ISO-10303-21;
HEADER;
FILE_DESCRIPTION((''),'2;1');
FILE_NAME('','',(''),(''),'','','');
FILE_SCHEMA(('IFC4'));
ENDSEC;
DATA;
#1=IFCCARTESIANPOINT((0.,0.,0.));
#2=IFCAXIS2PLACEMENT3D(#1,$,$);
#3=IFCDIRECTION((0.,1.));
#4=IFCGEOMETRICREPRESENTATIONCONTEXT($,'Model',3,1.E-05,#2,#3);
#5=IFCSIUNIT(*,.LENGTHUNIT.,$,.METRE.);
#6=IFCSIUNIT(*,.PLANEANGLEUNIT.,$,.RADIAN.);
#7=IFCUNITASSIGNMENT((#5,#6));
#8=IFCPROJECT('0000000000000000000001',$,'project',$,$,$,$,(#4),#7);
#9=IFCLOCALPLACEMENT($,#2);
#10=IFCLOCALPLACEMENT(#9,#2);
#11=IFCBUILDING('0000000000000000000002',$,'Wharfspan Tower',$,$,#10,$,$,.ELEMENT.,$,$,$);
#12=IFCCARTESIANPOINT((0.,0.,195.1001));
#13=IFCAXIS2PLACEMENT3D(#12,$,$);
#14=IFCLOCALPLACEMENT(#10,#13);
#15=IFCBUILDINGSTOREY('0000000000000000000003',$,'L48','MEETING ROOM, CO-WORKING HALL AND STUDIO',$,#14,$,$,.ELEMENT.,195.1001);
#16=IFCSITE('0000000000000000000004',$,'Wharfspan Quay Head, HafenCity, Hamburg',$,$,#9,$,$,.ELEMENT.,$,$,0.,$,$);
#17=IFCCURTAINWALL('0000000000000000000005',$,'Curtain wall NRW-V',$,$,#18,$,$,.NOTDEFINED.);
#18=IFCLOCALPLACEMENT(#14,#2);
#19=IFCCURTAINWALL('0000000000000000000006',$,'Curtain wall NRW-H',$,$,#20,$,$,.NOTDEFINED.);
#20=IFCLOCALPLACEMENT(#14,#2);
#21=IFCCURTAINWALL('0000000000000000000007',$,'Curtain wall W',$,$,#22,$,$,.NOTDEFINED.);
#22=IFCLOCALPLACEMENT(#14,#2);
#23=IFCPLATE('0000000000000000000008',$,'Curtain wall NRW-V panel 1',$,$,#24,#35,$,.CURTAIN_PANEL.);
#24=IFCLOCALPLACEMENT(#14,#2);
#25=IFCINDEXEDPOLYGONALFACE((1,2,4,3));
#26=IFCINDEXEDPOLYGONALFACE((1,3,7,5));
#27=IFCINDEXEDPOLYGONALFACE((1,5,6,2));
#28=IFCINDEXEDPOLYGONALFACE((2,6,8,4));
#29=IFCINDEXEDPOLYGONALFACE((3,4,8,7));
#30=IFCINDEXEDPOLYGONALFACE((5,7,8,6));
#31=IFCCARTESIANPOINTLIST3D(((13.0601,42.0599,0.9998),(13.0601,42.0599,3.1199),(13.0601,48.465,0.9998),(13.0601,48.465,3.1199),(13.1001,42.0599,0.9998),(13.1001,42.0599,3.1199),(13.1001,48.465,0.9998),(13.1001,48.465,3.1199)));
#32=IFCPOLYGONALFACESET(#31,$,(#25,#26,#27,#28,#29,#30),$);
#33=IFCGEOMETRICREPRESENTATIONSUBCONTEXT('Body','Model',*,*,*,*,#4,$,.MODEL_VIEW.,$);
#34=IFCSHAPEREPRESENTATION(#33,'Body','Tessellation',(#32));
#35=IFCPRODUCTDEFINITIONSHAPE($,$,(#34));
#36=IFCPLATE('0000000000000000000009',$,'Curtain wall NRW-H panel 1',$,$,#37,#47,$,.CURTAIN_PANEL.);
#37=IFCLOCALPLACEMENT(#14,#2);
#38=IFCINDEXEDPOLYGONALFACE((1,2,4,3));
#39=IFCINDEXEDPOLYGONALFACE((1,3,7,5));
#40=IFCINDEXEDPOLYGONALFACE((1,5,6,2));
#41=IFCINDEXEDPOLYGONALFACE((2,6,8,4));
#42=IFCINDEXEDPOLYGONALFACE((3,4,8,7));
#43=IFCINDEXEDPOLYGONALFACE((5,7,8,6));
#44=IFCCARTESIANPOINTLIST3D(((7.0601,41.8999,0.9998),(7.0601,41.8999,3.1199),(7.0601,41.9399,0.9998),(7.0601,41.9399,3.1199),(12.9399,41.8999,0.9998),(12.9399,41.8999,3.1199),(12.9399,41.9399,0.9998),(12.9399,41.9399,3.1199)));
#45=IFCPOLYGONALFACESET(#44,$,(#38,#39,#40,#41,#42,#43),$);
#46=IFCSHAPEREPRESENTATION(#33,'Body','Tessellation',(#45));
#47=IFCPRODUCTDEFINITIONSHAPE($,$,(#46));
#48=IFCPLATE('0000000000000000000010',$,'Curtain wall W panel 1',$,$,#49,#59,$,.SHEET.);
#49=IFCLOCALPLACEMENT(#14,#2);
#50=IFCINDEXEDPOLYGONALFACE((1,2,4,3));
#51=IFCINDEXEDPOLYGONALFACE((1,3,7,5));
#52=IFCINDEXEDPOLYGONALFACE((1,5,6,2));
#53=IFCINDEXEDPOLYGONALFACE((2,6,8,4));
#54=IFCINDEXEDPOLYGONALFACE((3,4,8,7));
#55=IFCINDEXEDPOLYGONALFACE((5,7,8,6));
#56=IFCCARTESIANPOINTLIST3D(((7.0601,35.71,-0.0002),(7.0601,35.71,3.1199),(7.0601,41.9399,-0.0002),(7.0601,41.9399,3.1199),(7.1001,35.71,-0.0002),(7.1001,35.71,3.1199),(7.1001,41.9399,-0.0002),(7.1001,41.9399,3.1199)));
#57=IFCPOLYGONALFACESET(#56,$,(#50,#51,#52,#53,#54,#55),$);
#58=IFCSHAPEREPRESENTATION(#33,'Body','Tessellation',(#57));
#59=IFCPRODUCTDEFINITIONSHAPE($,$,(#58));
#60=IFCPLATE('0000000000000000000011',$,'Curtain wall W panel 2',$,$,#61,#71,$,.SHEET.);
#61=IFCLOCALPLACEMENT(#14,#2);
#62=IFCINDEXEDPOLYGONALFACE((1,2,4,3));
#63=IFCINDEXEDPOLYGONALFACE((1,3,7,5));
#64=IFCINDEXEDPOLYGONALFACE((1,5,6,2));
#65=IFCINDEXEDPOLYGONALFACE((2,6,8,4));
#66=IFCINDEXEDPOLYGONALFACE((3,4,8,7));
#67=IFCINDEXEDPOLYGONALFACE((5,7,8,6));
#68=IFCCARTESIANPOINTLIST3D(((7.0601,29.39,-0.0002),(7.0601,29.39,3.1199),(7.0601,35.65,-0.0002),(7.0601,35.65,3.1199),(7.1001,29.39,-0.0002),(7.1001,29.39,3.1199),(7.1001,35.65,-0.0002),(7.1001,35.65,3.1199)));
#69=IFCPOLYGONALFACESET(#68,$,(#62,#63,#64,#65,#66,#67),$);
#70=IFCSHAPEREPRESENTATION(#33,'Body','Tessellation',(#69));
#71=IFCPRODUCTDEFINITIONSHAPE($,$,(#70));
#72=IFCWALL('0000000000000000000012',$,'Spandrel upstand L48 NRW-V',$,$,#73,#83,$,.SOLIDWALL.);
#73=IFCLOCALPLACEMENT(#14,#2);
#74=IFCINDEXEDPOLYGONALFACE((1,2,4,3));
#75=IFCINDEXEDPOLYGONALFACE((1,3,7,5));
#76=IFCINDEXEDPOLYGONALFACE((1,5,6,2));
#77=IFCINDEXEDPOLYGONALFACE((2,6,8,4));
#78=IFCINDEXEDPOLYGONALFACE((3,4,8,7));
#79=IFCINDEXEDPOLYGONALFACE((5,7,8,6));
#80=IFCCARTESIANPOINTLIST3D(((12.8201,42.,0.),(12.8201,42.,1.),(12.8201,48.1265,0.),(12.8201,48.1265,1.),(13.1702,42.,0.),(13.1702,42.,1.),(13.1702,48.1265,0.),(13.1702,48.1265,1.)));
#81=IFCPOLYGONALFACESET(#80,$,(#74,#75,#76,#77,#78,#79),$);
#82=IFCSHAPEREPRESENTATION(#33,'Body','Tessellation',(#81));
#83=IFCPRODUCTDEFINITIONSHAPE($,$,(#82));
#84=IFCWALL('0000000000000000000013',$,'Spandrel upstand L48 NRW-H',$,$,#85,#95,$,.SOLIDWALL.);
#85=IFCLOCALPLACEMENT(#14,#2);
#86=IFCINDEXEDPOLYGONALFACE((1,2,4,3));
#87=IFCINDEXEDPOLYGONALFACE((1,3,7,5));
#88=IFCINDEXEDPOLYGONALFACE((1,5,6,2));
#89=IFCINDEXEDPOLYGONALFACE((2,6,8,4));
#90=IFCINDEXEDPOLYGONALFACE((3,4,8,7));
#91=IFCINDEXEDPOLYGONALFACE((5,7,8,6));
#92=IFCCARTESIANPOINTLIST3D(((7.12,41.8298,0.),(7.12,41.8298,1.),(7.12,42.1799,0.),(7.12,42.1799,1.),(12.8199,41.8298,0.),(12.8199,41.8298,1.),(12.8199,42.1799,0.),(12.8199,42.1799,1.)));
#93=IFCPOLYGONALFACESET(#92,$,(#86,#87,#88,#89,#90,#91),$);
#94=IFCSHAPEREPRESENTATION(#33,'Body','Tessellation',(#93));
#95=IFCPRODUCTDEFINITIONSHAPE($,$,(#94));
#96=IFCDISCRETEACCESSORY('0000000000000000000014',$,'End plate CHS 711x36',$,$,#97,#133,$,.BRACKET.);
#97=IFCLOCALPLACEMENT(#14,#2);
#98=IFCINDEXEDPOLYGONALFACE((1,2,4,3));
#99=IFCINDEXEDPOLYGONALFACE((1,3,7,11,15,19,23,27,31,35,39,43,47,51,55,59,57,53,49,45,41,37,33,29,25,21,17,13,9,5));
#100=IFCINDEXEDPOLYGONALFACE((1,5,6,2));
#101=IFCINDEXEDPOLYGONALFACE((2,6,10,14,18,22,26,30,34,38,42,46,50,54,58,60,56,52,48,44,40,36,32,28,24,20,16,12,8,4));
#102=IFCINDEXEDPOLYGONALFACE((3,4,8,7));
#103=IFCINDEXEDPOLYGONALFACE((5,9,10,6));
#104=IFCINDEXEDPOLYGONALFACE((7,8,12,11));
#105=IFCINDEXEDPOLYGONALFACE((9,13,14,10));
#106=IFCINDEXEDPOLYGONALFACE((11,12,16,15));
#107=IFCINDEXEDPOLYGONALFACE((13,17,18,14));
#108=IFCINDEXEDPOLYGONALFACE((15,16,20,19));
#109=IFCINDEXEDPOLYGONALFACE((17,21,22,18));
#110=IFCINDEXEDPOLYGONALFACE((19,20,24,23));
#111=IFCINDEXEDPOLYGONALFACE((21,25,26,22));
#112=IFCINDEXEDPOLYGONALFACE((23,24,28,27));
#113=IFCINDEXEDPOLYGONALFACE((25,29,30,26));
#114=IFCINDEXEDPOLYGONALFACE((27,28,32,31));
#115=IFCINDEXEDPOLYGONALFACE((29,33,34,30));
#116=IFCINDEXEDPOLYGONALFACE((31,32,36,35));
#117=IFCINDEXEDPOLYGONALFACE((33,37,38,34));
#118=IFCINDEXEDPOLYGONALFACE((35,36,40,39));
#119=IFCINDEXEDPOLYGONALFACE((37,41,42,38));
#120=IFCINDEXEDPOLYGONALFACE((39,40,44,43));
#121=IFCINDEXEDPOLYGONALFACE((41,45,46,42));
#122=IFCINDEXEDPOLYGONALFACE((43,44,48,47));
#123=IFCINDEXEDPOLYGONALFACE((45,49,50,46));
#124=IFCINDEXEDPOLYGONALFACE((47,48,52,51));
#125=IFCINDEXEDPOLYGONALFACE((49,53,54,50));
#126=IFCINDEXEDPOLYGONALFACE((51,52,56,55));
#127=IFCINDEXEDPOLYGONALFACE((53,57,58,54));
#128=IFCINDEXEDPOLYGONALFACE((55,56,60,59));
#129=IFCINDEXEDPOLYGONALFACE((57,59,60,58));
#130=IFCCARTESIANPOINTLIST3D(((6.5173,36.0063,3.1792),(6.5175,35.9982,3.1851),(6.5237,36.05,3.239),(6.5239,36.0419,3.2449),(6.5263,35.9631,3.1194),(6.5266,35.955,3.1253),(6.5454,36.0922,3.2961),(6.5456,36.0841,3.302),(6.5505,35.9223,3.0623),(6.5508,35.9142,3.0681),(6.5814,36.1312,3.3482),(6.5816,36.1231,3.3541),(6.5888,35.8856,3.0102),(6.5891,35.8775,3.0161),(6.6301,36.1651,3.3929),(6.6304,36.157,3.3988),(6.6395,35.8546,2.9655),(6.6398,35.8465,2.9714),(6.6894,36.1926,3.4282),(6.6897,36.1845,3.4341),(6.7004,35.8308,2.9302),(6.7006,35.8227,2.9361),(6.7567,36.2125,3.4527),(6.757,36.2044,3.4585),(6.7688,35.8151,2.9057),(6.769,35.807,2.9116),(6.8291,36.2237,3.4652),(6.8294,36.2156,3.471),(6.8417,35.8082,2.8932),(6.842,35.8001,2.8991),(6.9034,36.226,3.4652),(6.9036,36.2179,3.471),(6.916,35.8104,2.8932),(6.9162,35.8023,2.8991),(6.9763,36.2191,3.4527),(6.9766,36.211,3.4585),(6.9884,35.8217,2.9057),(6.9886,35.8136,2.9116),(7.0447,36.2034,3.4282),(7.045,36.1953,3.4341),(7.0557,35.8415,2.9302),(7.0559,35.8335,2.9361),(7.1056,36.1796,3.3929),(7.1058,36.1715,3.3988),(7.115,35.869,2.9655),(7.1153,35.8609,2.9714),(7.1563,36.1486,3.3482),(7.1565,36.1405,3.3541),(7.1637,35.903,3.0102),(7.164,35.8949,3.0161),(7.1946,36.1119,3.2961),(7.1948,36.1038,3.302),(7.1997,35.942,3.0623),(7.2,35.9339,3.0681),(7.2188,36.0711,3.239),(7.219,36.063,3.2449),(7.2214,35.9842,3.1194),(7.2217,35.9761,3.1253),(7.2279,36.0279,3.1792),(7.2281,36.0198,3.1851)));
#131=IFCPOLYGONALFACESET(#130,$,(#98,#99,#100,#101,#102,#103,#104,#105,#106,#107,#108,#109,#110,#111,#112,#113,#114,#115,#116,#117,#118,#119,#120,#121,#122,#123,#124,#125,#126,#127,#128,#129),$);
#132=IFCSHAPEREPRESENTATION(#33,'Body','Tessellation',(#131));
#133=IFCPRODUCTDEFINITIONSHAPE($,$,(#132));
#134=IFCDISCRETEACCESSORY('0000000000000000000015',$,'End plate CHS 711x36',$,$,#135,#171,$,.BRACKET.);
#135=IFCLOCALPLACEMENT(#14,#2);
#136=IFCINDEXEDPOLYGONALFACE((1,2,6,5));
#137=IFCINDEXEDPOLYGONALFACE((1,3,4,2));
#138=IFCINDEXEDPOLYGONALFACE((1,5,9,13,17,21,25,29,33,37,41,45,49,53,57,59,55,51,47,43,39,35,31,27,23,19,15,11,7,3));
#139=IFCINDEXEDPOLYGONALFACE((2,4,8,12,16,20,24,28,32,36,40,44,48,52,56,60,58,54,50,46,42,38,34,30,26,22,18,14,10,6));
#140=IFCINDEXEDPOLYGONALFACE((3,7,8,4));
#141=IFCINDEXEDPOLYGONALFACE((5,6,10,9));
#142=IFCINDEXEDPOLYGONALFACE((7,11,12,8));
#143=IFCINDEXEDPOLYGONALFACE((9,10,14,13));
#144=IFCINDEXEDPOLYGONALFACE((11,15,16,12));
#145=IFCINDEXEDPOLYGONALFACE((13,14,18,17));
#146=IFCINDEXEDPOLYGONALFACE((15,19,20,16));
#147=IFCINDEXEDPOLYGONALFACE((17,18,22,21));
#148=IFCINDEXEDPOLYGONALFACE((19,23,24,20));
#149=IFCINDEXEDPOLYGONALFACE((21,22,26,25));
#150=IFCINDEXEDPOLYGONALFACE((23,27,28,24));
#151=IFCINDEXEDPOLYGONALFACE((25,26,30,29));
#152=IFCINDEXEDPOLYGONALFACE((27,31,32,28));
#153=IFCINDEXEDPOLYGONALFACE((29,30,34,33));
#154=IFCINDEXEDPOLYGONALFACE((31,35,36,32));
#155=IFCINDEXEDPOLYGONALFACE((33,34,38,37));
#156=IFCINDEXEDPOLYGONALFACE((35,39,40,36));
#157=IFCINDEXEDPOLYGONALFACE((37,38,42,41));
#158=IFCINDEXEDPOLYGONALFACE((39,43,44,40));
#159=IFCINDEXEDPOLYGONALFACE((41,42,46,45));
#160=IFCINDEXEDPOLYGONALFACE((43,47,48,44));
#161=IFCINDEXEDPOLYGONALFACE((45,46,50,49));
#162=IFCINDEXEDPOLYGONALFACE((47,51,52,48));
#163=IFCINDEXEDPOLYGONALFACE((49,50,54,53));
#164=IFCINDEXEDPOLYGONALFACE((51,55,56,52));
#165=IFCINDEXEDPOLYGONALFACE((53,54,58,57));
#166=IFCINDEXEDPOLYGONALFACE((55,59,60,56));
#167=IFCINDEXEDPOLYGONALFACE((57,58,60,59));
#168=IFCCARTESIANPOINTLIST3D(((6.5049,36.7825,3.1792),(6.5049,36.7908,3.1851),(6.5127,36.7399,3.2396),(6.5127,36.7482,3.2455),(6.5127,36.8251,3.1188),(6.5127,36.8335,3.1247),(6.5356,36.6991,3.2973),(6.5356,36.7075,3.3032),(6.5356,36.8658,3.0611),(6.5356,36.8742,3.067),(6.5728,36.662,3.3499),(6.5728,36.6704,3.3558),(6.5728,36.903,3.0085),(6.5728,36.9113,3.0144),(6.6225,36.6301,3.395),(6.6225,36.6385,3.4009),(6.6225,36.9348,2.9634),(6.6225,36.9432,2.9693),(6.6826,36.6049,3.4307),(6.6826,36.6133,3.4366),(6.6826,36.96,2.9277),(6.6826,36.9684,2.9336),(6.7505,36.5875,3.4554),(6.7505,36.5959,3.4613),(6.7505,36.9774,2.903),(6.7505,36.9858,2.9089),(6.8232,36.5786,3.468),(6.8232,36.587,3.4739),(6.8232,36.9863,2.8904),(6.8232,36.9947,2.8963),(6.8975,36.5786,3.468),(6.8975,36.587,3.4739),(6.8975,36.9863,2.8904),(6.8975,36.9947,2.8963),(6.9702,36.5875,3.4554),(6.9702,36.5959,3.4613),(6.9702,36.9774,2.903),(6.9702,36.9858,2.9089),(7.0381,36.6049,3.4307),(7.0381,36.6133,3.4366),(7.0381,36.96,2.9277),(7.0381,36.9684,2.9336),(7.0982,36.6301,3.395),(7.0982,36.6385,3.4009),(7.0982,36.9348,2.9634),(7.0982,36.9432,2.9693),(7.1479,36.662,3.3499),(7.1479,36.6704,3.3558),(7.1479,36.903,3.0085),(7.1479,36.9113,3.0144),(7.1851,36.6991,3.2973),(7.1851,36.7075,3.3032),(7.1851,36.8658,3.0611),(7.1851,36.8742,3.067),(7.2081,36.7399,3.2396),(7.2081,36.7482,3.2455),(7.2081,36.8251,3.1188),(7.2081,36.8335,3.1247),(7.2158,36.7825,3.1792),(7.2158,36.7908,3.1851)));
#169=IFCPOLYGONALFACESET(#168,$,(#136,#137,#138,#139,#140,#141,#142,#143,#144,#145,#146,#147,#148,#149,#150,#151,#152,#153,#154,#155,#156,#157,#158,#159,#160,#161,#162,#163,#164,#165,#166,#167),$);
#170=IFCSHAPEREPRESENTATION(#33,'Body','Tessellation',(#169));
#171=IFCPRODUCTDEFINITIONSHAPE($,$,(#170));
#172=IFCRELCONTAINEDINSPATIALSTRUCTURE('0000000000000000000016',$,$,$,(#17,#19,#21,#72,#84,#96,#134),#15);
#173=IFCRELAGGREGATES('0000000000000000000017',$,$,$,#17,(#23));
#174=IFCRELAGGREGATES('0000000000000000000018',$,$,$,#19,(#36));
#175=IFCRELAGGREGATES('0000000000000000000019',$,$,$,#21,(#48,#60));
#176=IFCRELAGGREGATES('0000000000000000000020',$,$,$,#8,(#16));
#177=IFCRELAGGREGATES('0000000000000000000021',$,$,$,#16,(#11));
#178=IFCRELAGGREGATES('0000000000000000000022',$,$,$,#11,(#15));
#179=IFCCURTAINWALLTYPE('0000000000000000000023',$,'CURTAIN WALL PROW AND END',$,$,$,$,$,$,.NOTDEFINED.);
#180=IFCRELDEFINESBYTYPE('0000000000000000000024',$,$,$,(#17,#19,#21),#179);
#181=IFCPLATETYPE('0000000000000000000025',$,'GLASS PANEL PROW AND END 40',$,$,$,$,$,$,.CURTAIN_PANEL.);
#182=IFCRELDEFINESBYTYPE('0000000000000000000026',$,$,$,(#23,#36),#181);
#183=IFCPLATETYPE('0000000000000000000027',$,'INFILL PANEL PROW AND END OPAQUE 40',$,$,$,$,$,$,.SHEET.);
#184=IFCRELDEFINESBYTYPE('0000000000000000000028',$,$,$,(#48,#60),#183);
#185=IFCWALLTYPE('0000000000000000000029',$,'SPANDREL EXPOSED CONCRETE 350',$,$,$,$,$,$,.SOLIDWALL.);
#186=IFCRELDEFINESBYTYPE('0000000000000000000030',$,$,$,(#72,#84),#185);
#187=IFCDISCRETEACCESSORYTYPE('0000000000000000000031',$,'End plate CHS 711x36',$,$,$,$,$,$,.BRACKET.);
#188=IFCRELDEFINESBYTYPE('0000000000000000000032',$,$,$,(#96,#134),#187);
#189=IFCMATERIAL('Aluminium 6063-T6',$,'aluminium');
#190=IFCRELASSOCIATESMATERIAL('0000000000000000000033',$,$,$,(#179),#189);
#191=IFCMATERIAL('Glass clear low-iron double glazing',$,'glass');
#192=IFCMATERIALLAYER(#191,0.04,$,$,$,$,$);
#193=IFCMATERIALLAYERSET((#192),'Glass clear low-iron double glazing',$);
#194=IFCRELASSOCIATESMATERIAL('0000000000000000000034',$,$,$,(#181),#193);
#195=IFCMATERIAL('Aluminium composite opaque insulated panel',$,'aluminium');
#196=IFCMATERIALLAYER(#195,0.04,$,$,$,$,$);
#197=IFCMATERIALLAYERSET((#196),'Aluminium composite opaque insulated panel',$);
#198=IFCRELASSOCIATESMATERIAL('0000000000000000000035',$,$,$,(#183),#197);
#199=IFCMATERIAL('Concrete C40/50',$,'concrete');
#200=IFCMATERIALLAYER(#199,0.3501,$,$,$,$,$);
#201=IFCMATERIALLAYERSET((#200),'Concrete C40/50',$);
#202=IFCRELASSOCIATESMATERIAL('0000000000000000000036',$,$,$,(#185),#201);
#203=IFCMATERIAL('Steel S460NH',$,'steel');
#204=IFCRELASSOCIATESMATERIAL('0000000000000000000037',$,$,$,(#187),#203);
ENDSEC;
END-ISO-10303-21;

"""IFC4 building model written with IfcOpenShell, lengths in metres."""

from ifc_helpers import new_model, si_unit, direction, frame, frame_2d, origin, origin_2d, place, context, subcontext, project, spatial, rectangle, circle, extrude, material, layer, layer_set, material_profile, profile_set, type_object, element, aggregate, save


model = new_model("IFC4")

# Units and contexts
model_context = context("Model", 3, precision=1e-05, world=origin(), true_north=direction((0.0, 1.0)))
body_context = subcontext(model_context, "Body", "Model", "MODEL_VIEW")
ifc_project = project(units=[si_unit("LENGTHUNIT", "METRE"), si_unit("PLANEANGLEUNIT", "RADIAN")], contexts=[model_context])

# Site, building, storey
site_placement = place(None, origin())
site = spatial("IfcSite", under=ifc_project, at=site_placement, Name="Wharfspan Quay Head, HafenCity, Hamburg", CompositionType="ELEMENT", RefElevation=0.0)
building_placement = place(site_placement, origin())
building = spatial("IfcBuilding", under=site, at=building_placement, Name="Wharfspan Tower", CompositionType="ELEMENT")
storey_placement = place(building_placement, frame((0.0, 0.0, 195.1001)))
storey = spatial("IfcBuildingStorey", under=building, at=storey_placement, Name="L48", Description="MEETING ROOM, CO-WORKING HALL AND STUDIO", CompositionType="ELEMENT", Elevation=195.1001)

# Curtain walls
ifc_material_1 = material(Name="Aluminium 6063-T6", Category="aluminium")
curtain_wall_type = type_object("IfcCurtainWallType", Name="CURTAIN WALL PROW AND END", PredefinedType="NOTDEFINED", material=ifc_material_1)
curtain_wall_1_placement = place(storey_placement, origin())
curtain_wall_1 = element("IfcCurtainWall", 1, at=curtain_wall_1_placement, inside=storey, type_object=curtain_wall_type, Name="Curtain wall NRW-V", PredefinedType="NOTDEFINED")
curtain_wall_2_placement = place(storey_placement, origin())
curtain_wall_2 = element("IfcCurtainWall", 2, at=curtain_wall_2_placement, inside=storey, type_object=curtain_wall_type, Name="Curtain wall NRW-H", PredefinedType="NOTDEFINED")
curtain_wall_3_placement = place(storey_placement, origin())
curtain_wall_3 = element("IfcCurtainWall", 3, at=curtain_wall_3_placement, inside=storey, type_object=curtain_wall_type, Name="Curtain wall W", PredefinedType="NOTDEFINED")

# Shared definitions
ifc_material_2 = material(Name="Steel S460NH", Category="steel")

# Plates
ifc_material_3 = material(Name="Glass clear low-iron double glazing", Category="glass")
ifc_layer_1 = layer(ifc_material_3, 0.04)
ifc_layer_set_1 = layer_set([ifc_layer_1], Name="Glass clear low-iron double glazing")
plate_type_1 = type_object("IfcPlateType", Name="GLASS PANEL PROW AND END 40", PredefinedType="CURTAIN_PANEL", material=ifc_layer_set_1)
plate_1_placement = place(storey_placement, frame((13.0801, 45.2625, 0.9998), z_axis=(0.0, 0.0, 1.0), x_axis=(0.0, -1.0, 0.0)))
plate_1 = element("IfcPlate", 4, at=plate_1_placement, type_object=plate_type_1, Name="Curtain wall NRW-V panel 1", PredefinedType="CURTAIN_PANEL", context=body_context, shape_type="SweptSolid", body=[
    extrude(rectangle(XDim=6.405, YDim=0.04, at=origin_2d()), origin(), (0.0, 0.0, 1.0), 2.1201),
])
aggregate(curtain_wall_1, [plate_1])
plate_2_placement = place(storey_placement, frame((10.0, 41.9199, 0.9998), z_axis=(0.0, 0.0, 1.0), x_axis=(-1.0, 0.0, 0.0)))
plate_2 = element("IfcPlate", 5, at=plate_2_placement, type_object=plate_type_1, Name="Curtain wall NRW-H panel 1", PredefinedType="CURTAIN_PANEL", context=body_context, shape_type="SweptSolid", body=[
    extrude(rectangle(XDim=5.8799, YDim=0.04, at=origin_2d()), origin(), (0.0, 0.0, 1.0), 2.1201),
])
aggregate(curtain_wall_2, [plate_2])
ifc_material_4 = material(Name="Aluminium composite opaque insulated panel", Category="aluminium")
ifc_layer_2 = layer(ifc_material_4, 0.04)
ifc_layer_set_2 = layer_set([ifc_layer_2], Name="Aluminium composite opaque insulated panel")
plate_type_2 = type_object("IfcPlateType", Name="INFILL PANEL PROW AND END OPAQUE 40", PredefinedType="SHEET", material=ifc_layer_set_2)
plate_3_placement = place(storey_placement, frame((7.0801, 38.825, -0.0002), z_axis=(0.0, 0.0, 1.0), x_axis=(0.0, -1.0, 0.0)))
plate_3 = element("IfcPlate", 6, at=plate_3_placement, type_object=plate_type_2, Name="Curtain wall W panel 1", PredefinedType="SHEET", context=body_context, shape_type="SweptSolid", body=[
    extrude(rectangle(XDim=6.23, YDim=0.04, at=origin_2d()), origin(), (0.0, 0.0, 1.0), 3.1201),
])
plate_4_placement = place(storey_placement, frame((7.0801, 32.52, -0.0002), z_axis=(0.0, 0.0, 1.0), x_axis=(0.0, -1.0, 0.0)))
plate_4 = element("IfcPlate", 7, at=plate_4_placement, type_object=plate_type_2, Name="Curtain wall W panel 2", PredefinedType="SHEET", context=body_context, shape_type="SweptSolid", body=[
    extrude(rectangle(XDim=6.26, YDim=0.04, at=origin_2d()), origin(), (0.0, 0.0, 1.0), 3.1201),
])
aggregate(curtain_wall_3, [plate_3, plate_4])

# Walls
ifc_material_5 = material(Name="Concrete C40/50", Category="concrete")
ifc_layer_3 = layer(ifc_material_5, 0.3501)
ifc_layer_set_3 = layer_set([ifc_layer_3], Name="Concrete C40/50")
wall_type = type_object("IfcWallType", Name="SPANDREL EXPOSED CONCRETE 350", PredefinedType="SOLIDWALL", material=ifc_layer_set_3)
wall_1_placement = place(storey_placement, frame((12.9951, 48.1265, 0.0), z_axis=(0.0, 0.0, 1.0), x_axis=(0.0, -1.0, 0.0)))
element("IfcWall", 8, at=wall_1_placement, inside=storey, type_object=wall_type, Name="Spandrel upstand L48 NRW-V", PredefinedType="SOLIDWALL", context=body_context, shape_type="SweptSolid", body=[
    extrude(rectangle(XDim=6.1265, YDim=0.3501, at=frame_2d((3.0632, 0.0))), origin(), (0.0, 0.0, 1.0), 1.0),
])
wall_2_placement = place(storey_placement, frame((12.8201, 42.0049, 0.0), z_axis=(0.0, 0.0, 1.0), x_axis=(-1.0, 0.0, 0.0)))
element("IfcWall", 9, at=wall_2_placement, inside=storey, type_object=wall_type, Name="Spandrel upstand L48 NRW-H", PredefinedType="SOLIDWALL", context=body_context, shape_type="SweptSolid", body=[
    extrude(rectangle(XDim=5.7, YDim=0.3501, at=frame_2d((2.8501, 0.0))), origin(), (0.0, 0.0, 1.0), 1.0),
])

# Discrete accessories
ifc_material_profile_1 = material_profile(ifc_material_2, circle(Radius=0.3555, at=origin_2d()))
ifc_profile_set_1 = profile_set([ifc_material_profile_1], Name="Steel S460NH")
discrete_accessory_type = type_object("IfcDiscreteAccessoryType", Name="End plate CHS 711x36", PredefinedType="BRACKET", material=ifc_profile_set_1)
discrete_accessory_1_placement = place(storey_placement, frame((6.8726, 36.0171, 3.1792), z_axis=(0.0245, -0.808493, 0.587995), x_axis=(0.999537, 0.03029, 0.000001)))
element("IfcDiscreteAccessory", 10, at=discrete_accessory_1_placement, inside=storey, type_object=discrete_accessory_type, Name="End plate CHS 711x36", PredefinedType="BRACKET", context=body_context, shape_type="SweptSolid", body=[
    extrude(circle(Radius=0.3555, at=origin_2d()), origin(), (0.0, 0.0, 1.0), 0.01),
])
discrete_accessory_2_placement = place(storey_placement, frame((6.8604, 36.7825, 3.1792), z_axis=(0.0, 0.816968, 0.576683), x_axis=(-1.0, 0.0, 0.0)))
element("IfcDiscreteAccessory", 11, at=discrete_accessory_2_placement, inside=storey, type_object=discrete_accessory_type, Name="End plate CHS 711x36", PredefinedType="BRACKET", context=body_context, shape_type="SweptSolid", body=[
    extrude(circle(Radius=0.3555, at=origin_2d()), origin(), (0.0, 0.0, 1.0), 0.0103),
])

save(model, "model.ifc")
